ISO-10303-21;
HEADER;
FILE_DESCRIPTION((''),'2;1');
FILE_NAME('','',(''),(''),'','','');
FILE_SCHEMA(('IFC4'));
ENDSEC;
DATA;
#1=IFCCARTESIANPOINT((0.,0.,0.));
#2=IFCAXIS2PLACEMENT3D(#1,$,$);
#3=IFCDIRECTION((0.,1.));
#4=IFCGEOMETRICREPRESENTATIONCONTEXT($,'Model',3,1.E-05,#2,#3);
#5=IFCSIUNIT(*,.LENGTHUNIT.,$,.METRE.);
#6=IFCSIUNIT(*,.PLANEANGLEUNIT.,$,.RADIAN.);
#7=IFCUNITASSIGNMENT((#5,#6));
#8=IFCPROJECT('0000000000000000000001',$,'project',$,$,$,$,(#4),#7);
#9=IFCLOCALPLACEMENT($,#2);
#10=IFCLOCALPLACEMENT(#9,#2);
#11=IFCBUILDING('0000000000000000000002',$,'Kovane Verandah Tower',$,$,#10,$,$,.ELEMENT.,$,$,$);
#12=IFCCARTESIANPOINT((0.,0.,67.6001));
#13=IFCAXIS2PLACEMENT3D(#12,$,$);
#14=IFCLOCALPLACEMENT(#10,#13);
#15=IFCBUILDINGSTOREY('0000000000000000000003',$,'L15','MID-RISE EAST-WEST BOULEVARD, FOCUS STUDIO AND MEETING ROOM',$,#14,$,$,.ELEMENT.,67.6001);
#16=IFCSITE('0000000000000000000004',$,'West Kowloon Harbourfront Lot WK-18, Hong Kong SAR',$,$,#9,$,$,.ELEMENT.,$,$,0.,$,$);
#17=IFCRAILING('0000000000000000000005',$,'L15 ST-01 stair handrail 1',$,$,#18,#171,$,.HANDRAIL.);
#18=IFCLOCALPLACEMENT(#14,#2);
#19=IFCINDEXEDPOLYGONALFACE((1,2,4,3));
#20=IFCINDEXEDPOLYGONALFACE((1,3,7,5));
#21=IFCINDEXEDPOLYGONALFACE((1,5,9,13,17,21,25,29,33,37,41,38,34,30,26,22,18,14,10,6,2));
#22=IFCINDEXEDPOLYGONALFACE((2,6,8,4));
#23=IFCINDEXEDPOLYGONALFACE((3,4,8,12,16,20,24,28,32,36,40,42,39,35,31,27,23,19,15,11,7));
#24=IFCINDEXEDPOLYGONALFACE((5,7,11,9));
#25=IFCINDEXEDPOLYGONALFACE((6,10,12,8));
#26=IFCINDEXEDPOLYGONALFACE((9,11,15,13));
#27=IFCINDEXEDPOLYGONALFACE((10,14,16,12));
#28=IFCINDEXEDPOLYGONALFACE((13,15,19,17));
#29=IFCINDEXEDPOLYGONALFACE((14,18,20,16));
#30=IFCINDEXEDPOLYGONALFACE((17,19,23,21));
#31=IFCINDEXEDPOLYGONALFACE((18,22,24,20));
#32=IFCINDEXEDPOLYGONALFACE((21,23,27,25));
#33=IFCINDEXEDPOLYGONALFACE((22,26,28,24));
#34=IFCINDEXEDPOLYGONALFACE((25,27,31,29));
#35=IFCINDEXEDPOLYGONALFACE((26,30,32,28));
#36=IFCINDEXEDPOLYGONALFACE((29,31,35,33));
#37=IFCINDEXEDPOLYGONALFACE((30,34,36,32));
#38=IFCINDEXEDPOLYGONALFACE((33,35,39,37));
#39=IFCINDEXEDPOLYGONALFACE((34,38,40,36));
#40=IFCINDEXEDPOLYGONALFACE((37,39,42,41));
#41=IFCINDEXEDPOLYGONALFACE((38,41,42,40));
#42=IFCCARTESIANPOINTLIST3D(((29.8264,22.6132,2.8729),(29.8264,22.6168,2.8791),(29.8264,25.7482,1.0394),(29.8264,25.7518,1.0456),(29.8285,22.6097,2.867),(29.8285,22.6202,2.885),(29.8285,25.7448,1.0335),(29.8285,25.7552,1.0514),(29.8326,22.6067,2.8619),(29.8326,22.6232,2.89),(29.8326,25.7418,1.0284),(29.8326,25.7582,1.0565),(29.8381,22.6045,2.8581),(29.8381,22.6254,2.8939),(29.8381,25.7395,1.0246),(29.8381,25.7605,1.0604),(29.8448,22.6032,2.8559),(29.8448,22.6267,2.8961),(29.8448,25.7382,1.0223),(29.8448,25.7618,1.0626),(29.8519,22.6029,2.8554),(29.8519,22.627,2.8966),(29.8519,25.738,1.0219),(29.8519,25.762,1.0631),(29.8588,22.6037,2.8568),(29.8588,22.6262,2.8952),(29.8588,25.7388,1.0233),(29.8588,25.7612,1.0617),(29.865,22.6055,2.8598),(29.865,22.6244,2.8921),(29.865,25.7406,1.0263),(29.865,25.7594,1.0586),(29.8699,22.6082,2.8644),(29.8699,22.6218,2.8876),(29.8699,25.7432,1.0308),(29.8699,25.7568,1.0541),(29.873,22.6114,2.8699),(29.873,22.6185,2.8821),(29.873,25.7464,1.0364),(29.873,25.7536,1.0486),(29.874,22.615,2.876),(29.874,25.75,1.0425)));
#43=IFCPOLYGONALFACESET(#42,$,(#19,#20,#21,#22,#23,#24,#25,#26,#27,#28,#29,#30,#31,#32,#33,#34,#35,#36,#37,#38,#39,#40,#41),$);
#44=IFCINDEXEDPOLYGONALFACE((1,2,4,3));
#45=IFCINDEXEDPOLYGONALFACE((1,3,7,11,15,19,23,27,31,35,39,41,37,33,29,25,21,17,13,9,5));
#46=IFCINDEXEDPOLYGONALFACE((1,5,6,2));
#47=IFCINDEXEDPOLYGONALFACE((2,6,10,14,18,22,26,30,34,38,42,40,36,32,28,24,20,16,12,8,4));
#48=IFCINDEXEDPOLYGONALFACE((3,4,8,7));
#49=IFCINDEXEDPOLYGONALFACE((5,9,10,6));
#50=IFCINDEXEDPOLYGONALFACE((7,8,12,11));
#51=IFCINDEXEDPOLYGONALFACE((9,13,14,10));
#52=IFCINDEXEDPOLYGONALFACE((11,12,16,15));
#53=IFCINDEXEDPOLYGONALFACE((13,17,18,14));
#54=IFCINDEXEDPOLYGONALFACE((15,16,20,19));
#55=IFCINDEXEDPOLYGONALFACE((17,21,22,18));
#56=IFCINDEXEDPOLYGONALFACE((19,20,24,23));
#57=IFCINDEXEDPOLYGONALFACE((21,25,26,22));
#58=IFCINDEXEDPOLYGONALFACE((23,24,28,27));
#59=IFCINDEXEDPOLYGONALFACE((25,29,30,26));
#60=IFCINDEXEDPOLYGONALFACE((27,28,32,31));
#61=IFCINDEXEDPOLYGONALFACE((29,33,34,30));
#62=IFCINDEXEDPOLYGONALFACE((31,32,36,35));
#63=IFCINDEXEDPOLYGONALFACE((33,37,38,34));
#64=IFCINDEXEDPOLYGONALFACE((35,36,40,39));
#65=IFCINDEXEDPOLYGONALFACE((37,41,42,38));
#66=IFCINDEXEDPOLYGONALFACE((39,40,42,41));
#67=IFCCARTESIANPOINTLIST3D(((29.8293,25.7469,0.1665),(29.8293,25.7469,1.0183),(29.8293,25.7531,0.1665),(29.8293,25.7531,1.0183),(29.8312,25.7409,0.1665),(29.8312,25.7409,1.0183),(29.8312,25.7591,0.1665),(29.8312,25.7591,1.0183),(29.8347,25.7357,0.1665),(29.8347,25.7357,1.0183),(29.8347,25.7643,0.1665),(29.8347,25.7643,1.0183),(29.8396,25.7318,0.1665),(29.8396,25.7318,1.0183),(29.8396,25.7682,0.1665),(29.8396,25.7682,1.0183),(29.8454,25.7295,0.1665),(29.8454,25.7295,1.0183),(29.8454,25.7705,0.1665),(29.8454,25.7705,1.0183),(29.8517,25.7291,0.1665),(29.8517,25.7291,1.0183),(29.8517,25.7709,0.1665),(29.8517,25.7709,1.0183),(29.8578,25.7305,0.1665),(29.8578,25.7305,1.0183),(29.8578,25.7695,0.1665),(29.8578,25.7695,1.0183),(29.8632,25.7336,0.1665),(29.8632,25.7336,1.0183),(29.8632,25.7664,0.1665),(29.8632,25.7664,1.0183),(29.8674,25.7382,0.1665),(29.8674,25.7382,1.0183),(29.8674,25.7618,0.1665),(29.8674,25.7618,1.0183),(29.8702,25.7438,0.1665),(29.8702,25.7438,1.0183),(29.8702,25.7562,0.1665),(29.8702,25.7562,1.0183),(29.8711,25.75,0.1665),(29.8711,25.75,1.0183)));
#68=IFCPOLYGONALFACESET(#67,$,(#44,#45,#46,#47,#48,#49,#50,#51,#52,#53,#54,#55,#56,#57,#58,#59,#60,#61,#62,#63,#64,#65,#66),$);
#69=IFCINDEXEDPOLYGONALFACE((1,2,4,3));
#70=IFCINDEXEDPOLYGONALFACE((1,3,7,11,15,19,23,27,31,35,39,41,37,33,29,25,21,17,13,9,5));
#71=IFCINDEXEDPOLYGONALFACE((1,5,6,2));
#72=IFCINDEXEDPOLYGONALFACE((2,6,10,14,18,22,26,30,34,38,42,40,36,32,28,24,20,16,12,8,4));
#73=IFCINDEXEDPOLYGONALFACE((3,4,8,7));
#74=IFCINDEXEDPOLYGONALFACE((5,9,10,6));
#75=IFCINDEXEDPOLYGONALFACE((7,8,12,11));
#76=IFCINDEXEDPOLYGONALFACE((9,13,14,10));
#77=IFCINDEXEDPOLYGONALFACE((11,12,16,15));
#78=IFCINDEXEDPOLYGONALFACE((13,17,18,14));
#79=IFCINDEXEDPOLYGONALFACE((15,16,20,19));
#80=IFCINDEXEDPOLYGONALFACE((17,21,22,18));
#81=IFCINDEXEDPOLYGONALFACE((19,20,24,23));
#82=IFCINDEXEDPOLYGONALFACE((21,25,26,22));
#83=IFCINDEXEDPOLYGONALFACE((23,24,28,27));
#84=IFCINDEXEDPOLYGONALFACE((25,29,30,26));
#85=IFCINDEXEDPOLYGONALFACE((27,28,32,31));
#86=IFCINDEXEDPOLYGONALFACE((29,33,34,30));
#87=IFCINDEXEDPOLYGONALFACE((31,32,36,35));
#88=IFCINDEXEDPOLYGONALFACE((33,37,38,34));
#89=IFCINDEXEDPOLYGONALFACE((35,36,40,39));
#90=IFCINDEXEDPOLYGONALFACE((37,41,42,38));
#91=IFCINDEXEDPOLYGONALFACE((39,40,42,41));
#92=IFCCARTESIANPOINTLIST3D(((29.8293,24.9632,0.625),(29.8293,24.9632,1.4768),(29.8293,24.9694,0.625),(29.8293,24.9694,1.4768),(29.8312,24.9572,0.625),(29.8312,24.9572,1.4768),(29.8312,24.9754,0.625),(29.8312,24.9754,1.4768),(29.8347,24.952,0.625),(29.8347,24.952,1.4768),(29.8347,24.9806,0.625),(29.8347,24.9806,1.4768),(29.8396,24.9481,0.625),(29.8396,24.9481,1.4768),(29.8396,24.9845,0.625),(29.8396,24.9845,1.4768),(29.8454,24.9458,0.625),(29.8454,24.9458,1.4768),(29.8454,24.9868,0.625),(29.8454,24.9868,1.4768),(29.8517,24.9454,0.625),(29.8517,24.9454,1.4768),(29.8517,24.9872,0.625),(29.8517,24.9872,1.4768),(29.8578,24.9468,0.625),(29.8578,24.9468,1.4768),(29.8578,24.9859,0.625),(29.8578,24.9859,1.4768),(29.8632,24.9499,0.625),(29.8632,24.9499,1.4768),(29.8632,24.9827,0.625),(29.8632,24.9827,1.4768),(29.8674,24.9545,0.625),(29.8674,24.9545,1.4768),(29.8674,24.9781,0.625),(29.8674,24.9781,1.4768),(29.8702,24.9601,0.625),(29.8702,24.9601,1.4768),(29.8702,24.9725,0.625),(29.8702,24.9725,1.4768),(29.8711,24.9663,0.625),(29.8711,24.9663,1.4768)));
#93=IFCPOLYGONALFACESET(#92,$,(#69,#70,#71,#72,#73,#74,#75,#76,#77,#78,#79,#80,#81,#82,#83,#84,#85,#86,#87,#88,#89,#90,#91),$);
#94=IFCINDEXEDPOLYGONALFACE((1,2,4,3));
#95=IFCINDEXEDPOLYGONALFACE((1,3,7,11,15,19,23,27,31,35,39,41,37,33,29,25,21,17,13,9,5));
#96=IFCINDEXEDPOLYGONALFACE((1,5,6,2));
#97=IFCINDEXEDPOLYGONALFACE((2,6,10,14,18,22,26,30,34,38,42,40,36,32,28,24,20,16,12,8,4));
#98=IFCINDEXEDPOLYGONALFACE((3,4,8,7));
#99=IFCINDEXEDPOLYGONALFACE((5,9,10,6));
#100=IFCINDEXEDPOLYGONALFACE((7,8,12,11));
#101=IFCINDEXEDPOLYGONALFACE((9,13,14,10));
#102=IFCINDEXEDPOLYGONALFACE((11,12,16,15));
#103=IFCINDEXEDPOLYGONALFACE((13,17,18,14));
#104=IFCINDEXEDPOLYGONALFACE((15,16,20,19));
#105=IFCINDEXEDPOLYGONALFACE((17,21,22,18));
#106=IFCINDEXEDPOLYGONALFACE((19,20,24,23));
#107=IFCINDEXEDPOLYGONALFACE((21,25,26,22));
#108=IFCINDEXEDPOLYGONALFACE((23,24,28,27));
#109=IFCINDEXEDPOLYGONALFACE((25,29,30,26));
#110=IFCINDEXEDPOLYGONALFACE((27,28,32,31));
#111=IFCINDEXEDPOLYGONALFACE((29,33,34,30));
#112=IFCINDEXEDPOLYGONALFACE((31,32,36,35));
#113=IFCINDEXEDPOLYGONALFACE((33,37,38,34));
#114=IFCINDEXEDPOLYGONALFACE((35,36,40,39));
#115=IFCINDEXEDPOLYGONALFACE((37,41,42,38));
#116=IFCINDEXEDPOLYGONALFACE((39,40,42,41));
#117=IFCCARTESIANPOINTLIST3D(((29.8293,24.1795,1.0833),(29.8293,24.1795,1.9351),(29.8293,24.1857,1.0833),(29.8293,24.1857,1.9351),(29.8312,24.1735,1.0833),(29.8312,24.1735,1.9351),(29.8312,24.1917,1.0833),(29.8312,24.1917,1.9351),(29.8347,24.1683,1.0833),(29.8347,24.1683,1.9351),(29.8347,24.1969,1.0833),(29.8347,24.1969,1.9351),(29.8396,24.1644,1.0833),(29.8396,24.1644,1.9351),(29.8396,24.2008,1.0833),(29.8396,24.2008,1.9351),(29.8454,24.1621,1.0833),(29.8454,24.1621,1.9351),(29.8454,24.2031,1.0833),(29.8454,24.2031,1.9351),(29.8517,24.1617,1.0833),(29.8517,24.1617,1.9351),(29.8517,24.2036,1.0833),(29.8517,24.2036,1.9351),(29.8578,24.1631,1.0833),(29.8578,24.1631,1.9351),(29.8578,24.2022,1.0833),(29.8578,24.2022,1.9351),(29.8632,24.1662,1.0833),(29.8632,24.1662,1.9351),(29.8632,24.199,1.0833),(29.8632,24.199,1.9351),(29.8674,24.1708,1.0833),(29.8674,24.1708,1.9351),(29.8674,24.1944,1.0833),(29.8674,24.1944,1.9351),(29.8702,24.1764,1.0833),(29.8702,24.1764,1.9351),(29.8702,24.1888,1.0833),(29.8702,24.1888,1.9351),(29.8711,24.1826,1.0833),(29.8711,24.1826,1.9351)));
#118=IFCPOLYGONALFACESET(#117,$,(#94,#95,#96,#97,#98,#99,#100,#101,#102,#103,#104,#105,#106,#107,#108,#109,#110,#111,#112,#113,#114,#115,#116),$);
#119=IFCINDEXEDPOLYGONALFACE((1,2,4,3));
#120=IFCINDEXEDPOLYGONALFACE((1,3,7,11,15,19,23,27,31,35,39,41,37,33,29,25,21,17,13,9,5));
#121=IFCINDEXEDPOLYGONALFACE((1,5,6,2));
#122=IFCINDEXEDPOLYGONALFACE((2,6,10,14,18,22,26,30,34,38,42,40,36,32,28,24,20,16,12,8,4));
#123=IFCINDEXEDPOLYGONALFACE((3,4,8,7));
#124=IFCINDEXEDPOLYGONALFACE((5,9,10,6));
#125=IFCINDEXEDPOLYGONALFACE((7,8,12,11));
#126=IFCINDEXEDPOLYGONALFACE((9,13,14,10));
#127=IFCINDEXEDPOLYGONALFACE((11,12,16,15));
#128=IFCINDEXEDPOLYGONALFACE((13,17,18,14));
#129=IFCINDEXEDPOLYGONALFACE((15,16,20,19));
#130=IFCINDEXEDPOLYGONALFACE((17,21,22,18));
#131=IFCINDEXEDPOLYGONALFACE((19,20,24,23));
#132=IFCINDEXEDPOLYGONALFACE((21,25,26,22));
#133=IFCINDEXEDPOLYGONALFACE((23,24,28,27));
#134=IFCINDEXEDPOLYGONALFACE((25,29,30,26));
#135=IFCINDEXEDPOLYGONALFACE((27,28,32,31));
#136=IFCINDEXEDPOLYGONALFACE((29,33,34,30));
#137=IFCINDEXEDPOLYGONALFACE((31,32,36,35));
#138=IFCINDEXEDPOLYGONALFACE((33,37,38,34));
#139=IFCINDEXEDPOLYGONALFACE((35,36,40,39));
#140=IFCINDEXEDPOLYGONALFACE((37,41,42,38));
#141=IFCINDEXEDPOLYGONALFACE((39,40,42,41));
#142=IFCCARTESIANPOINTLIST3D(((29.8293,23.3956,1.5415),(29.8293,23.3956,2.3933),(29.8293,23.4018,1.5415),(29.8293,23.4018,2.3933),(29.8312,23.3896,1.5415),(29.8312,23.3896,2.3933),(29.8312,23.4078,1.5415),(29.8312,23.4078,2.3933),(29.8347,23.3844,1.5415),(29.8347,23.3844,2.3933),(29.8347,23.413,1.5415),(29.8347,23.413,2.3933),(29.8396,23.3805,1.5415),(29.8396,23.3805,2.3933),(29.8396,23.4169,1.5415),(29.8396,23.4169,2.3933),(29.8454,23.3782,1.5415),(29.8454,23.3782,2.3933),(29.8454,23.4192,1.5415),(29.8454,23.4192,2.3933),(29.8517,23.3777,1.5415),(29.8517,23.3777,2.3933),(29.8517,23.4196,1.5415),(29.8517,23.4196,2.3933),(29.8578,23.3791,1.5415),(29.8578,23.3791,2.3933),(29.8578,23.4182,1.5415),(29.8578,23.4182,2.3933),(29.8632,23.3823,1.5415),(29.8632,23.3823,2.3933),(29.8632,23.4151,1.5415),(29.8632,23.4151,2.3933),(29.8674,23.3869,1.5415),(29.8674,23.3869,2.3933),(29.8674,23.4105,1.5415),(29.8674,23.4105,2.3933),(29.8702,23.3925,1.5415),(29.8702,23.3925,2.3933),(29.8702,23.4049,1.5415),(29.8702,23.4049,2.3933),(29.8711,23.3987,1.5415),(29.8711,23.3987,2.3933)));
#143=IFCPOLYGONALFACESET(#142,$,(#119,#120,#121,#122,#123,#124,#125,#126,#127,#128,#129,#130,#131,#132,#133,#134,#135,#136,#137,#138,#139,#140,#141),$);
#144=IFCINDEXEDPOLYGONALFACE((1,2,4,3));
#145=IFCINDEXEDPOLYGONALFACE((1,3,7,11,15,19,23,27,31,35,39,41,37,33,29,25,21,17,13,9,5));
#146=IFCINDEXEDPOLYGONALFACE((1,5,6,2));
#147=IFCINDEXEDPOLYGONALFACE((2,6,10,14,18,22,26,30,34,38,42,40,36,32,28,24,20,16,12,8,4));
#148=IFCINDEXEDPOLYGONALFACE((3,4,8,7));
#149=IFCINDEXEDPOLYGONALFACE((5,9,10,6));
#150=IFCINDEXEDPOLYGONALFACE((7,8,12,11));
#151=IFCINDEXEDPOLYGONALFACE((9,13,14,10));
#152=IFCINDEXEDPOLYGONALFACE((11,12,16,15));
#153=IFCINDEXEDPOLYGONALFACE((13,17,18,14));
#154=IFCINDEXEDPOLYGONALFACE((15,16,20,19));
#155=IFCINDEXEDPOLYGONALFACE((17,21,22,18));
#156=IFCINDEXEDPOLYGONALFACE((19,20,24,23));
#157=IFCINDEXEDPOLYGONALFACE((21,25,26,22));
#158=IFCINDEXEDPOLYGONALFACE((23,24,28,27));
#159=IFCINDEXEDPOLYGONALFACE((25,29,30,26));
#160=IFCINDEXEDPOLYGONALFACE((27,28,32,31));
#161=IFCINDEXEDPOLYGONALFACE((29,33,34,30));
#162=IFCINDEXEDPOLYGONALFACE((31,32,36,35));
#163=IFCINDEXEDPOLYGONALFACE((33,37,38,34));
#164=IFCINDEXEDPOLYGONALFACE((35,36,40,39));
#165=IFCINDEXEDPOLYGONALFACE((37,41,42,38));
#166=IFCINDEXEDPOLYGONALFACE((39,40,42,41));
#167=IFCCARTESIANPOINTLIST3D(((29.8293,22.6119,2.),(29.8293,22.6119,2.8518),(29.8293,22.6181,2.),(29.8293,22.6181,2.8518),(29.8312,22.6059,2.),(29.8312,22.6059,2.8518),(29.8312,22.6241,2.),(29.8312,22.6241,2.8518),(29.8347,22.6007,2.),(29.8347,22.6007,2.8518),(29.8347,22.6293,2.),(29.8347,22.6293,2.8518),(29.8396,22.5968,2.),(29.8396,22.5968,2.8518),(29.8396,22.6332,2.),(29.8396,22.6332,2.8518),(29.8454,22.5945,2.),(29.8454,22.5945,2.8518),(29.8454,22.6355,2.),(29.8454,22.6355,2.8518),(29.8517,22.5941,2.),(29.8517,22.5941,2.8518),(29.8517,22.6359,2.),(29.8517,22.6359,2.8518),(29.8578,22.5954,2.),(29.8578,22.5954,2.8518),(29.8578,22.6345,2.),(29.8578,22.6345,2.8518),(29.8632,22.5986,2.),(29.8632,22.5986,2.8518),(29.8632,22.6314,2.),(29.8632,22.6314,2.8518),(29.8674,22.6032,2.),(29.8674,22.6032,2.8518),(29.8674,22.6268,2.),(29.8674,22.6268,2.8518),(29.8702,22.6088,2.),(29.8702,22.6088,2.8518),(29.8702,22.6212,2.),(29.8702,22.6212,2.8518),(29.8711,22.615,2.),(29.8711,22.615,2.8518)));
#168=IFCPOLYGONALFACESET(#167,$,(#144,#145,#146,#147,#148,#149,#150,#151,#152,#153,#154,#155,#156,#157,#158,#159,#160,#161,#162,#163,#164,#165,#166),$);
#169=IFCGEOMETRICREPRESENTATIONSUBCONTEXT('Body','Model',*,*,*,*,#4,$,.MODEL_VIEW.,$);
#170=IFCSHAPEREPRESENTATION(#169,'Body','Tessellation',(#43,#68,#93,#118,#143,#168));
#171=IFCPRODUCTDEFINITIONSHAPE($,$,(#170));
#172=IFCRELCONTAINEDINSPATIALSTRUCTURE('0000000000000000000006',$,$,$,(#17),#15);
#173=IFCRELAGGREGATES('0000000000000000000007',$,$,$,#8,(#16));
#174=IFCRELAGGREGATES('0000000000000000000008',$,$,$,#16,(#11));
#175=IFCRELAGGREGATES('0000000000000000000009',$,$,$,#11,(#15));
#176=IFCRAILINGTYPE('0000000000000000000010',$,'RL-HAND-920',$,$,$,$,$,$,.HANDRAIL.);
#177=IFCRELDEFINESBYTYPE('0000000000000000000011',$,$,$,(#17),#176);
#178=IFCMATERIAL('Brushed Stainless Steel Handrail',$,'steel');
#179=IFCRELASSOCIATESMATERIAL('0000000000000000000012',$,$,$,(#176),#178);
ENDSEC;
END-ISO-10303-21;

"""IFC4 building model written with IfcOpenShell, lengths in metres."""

from ifc_helpers import new_model, si_unit, direction, frame, origin, origin_2d, place, context, subcontext, project, spatial, circle, extrude, material, type_object, element, save


model = new_model("IFC4")

# Units and contexts
model_context = context("Model", 3, precision=1e-05, world=origin(), true_north=direction((0.0, 1.0)))
body_context = subcontext(model_context, "Body", "Model", "MODEL_VIEW")
ifc_project = project(units=[si_unit("LENGTHUNIT", "METRE"), si_unit("PLANEANGLEUNIT", "RADIAN")], contexts=[model_context])

# Site, building, storey
site_placement = place(None, origin())
site = spatial("IfcSite", under=ifc_project, at=site_placement, Name="West Kowloon Harbourfront Lot WK-18, Hong Kong SAR", CompositionType="ELEMENT", RefElevation=0.0)
building_placement = place(site_placement, origin())
building = spatial("IfcBuilding", under=site, at=building_placement, Name="Kovane Verandah Tower", CompositionType="ELEMENT")
storey_placement = place(building_placement, frame((0.0, 0.0, 67.6001)))
storey = spatial("IfcBuildingStorey", under=building, at=storey_placement, Name="L15", Description="MID-RISE EAST-WEST BOULEVARD, FOCUS STUDIO AND MEETING ROOM", CompositionType="ELEMENT", Elevation=67.6001)

# Railing
ifc_material_1 = material(Name="Brushed Stainless Steel Handrail", Category="steel")
railing_type_1 = type_object("IfcRailingType", Name="RL-HAND-920", PredefinedType="HANDRAIL", material=ifc_material_1)
railing_1_placement = place(storey_placement, frame((29.8501, 25.75, 0.1665)))
element("IfcRailing", 1, at=railing_1_placement, inside=storey, type_object=railing_type_1, Name="L15 ST-01 stair handrail 1", PredefinedType="HANDRAIL", context=body_context, shape_type="SweptSolid", body=[
    extrude(circle(Radius=0.0239, at=origin_2d()), frame((0.0, 0.0, 0.876), z_axis=(0.0, -0.86321, 0.504845), x_axis=(1.0, 0.0, 0.0)), (0.0, 0.0, 1.0), 3.6318),
    extrude(circle(Radius=0.021, at=origin_2d()), origin(), (0.0, 0.0, 1.0), 0.8518),
    extrude(circle(Radius=0.021, at=origin_2d()), frame((0.0, -0.7837, 0.4585)), (0.0, 0.0, 1.0), 0.8518),
    extrude(circle(Radius=0.021, at=origin_2d()), frame((0.0, -1.5674, 0.9167)), (0.0, 0.0, 1.0), 0.8518),
    extrude(circle(Radius=0.021, at=origin_2d()), frame((0.0, -2.3513, 1.375)), (0.0, 0.0, 1.0), 0.8518),
    extrude(circle(Radius=0.021, at=origin_2d()), frame((0.0, -3.135, 1.8335)), (0.0, 0.0, 1.0), 0.8518),
])

save(model, "model.ifc")
